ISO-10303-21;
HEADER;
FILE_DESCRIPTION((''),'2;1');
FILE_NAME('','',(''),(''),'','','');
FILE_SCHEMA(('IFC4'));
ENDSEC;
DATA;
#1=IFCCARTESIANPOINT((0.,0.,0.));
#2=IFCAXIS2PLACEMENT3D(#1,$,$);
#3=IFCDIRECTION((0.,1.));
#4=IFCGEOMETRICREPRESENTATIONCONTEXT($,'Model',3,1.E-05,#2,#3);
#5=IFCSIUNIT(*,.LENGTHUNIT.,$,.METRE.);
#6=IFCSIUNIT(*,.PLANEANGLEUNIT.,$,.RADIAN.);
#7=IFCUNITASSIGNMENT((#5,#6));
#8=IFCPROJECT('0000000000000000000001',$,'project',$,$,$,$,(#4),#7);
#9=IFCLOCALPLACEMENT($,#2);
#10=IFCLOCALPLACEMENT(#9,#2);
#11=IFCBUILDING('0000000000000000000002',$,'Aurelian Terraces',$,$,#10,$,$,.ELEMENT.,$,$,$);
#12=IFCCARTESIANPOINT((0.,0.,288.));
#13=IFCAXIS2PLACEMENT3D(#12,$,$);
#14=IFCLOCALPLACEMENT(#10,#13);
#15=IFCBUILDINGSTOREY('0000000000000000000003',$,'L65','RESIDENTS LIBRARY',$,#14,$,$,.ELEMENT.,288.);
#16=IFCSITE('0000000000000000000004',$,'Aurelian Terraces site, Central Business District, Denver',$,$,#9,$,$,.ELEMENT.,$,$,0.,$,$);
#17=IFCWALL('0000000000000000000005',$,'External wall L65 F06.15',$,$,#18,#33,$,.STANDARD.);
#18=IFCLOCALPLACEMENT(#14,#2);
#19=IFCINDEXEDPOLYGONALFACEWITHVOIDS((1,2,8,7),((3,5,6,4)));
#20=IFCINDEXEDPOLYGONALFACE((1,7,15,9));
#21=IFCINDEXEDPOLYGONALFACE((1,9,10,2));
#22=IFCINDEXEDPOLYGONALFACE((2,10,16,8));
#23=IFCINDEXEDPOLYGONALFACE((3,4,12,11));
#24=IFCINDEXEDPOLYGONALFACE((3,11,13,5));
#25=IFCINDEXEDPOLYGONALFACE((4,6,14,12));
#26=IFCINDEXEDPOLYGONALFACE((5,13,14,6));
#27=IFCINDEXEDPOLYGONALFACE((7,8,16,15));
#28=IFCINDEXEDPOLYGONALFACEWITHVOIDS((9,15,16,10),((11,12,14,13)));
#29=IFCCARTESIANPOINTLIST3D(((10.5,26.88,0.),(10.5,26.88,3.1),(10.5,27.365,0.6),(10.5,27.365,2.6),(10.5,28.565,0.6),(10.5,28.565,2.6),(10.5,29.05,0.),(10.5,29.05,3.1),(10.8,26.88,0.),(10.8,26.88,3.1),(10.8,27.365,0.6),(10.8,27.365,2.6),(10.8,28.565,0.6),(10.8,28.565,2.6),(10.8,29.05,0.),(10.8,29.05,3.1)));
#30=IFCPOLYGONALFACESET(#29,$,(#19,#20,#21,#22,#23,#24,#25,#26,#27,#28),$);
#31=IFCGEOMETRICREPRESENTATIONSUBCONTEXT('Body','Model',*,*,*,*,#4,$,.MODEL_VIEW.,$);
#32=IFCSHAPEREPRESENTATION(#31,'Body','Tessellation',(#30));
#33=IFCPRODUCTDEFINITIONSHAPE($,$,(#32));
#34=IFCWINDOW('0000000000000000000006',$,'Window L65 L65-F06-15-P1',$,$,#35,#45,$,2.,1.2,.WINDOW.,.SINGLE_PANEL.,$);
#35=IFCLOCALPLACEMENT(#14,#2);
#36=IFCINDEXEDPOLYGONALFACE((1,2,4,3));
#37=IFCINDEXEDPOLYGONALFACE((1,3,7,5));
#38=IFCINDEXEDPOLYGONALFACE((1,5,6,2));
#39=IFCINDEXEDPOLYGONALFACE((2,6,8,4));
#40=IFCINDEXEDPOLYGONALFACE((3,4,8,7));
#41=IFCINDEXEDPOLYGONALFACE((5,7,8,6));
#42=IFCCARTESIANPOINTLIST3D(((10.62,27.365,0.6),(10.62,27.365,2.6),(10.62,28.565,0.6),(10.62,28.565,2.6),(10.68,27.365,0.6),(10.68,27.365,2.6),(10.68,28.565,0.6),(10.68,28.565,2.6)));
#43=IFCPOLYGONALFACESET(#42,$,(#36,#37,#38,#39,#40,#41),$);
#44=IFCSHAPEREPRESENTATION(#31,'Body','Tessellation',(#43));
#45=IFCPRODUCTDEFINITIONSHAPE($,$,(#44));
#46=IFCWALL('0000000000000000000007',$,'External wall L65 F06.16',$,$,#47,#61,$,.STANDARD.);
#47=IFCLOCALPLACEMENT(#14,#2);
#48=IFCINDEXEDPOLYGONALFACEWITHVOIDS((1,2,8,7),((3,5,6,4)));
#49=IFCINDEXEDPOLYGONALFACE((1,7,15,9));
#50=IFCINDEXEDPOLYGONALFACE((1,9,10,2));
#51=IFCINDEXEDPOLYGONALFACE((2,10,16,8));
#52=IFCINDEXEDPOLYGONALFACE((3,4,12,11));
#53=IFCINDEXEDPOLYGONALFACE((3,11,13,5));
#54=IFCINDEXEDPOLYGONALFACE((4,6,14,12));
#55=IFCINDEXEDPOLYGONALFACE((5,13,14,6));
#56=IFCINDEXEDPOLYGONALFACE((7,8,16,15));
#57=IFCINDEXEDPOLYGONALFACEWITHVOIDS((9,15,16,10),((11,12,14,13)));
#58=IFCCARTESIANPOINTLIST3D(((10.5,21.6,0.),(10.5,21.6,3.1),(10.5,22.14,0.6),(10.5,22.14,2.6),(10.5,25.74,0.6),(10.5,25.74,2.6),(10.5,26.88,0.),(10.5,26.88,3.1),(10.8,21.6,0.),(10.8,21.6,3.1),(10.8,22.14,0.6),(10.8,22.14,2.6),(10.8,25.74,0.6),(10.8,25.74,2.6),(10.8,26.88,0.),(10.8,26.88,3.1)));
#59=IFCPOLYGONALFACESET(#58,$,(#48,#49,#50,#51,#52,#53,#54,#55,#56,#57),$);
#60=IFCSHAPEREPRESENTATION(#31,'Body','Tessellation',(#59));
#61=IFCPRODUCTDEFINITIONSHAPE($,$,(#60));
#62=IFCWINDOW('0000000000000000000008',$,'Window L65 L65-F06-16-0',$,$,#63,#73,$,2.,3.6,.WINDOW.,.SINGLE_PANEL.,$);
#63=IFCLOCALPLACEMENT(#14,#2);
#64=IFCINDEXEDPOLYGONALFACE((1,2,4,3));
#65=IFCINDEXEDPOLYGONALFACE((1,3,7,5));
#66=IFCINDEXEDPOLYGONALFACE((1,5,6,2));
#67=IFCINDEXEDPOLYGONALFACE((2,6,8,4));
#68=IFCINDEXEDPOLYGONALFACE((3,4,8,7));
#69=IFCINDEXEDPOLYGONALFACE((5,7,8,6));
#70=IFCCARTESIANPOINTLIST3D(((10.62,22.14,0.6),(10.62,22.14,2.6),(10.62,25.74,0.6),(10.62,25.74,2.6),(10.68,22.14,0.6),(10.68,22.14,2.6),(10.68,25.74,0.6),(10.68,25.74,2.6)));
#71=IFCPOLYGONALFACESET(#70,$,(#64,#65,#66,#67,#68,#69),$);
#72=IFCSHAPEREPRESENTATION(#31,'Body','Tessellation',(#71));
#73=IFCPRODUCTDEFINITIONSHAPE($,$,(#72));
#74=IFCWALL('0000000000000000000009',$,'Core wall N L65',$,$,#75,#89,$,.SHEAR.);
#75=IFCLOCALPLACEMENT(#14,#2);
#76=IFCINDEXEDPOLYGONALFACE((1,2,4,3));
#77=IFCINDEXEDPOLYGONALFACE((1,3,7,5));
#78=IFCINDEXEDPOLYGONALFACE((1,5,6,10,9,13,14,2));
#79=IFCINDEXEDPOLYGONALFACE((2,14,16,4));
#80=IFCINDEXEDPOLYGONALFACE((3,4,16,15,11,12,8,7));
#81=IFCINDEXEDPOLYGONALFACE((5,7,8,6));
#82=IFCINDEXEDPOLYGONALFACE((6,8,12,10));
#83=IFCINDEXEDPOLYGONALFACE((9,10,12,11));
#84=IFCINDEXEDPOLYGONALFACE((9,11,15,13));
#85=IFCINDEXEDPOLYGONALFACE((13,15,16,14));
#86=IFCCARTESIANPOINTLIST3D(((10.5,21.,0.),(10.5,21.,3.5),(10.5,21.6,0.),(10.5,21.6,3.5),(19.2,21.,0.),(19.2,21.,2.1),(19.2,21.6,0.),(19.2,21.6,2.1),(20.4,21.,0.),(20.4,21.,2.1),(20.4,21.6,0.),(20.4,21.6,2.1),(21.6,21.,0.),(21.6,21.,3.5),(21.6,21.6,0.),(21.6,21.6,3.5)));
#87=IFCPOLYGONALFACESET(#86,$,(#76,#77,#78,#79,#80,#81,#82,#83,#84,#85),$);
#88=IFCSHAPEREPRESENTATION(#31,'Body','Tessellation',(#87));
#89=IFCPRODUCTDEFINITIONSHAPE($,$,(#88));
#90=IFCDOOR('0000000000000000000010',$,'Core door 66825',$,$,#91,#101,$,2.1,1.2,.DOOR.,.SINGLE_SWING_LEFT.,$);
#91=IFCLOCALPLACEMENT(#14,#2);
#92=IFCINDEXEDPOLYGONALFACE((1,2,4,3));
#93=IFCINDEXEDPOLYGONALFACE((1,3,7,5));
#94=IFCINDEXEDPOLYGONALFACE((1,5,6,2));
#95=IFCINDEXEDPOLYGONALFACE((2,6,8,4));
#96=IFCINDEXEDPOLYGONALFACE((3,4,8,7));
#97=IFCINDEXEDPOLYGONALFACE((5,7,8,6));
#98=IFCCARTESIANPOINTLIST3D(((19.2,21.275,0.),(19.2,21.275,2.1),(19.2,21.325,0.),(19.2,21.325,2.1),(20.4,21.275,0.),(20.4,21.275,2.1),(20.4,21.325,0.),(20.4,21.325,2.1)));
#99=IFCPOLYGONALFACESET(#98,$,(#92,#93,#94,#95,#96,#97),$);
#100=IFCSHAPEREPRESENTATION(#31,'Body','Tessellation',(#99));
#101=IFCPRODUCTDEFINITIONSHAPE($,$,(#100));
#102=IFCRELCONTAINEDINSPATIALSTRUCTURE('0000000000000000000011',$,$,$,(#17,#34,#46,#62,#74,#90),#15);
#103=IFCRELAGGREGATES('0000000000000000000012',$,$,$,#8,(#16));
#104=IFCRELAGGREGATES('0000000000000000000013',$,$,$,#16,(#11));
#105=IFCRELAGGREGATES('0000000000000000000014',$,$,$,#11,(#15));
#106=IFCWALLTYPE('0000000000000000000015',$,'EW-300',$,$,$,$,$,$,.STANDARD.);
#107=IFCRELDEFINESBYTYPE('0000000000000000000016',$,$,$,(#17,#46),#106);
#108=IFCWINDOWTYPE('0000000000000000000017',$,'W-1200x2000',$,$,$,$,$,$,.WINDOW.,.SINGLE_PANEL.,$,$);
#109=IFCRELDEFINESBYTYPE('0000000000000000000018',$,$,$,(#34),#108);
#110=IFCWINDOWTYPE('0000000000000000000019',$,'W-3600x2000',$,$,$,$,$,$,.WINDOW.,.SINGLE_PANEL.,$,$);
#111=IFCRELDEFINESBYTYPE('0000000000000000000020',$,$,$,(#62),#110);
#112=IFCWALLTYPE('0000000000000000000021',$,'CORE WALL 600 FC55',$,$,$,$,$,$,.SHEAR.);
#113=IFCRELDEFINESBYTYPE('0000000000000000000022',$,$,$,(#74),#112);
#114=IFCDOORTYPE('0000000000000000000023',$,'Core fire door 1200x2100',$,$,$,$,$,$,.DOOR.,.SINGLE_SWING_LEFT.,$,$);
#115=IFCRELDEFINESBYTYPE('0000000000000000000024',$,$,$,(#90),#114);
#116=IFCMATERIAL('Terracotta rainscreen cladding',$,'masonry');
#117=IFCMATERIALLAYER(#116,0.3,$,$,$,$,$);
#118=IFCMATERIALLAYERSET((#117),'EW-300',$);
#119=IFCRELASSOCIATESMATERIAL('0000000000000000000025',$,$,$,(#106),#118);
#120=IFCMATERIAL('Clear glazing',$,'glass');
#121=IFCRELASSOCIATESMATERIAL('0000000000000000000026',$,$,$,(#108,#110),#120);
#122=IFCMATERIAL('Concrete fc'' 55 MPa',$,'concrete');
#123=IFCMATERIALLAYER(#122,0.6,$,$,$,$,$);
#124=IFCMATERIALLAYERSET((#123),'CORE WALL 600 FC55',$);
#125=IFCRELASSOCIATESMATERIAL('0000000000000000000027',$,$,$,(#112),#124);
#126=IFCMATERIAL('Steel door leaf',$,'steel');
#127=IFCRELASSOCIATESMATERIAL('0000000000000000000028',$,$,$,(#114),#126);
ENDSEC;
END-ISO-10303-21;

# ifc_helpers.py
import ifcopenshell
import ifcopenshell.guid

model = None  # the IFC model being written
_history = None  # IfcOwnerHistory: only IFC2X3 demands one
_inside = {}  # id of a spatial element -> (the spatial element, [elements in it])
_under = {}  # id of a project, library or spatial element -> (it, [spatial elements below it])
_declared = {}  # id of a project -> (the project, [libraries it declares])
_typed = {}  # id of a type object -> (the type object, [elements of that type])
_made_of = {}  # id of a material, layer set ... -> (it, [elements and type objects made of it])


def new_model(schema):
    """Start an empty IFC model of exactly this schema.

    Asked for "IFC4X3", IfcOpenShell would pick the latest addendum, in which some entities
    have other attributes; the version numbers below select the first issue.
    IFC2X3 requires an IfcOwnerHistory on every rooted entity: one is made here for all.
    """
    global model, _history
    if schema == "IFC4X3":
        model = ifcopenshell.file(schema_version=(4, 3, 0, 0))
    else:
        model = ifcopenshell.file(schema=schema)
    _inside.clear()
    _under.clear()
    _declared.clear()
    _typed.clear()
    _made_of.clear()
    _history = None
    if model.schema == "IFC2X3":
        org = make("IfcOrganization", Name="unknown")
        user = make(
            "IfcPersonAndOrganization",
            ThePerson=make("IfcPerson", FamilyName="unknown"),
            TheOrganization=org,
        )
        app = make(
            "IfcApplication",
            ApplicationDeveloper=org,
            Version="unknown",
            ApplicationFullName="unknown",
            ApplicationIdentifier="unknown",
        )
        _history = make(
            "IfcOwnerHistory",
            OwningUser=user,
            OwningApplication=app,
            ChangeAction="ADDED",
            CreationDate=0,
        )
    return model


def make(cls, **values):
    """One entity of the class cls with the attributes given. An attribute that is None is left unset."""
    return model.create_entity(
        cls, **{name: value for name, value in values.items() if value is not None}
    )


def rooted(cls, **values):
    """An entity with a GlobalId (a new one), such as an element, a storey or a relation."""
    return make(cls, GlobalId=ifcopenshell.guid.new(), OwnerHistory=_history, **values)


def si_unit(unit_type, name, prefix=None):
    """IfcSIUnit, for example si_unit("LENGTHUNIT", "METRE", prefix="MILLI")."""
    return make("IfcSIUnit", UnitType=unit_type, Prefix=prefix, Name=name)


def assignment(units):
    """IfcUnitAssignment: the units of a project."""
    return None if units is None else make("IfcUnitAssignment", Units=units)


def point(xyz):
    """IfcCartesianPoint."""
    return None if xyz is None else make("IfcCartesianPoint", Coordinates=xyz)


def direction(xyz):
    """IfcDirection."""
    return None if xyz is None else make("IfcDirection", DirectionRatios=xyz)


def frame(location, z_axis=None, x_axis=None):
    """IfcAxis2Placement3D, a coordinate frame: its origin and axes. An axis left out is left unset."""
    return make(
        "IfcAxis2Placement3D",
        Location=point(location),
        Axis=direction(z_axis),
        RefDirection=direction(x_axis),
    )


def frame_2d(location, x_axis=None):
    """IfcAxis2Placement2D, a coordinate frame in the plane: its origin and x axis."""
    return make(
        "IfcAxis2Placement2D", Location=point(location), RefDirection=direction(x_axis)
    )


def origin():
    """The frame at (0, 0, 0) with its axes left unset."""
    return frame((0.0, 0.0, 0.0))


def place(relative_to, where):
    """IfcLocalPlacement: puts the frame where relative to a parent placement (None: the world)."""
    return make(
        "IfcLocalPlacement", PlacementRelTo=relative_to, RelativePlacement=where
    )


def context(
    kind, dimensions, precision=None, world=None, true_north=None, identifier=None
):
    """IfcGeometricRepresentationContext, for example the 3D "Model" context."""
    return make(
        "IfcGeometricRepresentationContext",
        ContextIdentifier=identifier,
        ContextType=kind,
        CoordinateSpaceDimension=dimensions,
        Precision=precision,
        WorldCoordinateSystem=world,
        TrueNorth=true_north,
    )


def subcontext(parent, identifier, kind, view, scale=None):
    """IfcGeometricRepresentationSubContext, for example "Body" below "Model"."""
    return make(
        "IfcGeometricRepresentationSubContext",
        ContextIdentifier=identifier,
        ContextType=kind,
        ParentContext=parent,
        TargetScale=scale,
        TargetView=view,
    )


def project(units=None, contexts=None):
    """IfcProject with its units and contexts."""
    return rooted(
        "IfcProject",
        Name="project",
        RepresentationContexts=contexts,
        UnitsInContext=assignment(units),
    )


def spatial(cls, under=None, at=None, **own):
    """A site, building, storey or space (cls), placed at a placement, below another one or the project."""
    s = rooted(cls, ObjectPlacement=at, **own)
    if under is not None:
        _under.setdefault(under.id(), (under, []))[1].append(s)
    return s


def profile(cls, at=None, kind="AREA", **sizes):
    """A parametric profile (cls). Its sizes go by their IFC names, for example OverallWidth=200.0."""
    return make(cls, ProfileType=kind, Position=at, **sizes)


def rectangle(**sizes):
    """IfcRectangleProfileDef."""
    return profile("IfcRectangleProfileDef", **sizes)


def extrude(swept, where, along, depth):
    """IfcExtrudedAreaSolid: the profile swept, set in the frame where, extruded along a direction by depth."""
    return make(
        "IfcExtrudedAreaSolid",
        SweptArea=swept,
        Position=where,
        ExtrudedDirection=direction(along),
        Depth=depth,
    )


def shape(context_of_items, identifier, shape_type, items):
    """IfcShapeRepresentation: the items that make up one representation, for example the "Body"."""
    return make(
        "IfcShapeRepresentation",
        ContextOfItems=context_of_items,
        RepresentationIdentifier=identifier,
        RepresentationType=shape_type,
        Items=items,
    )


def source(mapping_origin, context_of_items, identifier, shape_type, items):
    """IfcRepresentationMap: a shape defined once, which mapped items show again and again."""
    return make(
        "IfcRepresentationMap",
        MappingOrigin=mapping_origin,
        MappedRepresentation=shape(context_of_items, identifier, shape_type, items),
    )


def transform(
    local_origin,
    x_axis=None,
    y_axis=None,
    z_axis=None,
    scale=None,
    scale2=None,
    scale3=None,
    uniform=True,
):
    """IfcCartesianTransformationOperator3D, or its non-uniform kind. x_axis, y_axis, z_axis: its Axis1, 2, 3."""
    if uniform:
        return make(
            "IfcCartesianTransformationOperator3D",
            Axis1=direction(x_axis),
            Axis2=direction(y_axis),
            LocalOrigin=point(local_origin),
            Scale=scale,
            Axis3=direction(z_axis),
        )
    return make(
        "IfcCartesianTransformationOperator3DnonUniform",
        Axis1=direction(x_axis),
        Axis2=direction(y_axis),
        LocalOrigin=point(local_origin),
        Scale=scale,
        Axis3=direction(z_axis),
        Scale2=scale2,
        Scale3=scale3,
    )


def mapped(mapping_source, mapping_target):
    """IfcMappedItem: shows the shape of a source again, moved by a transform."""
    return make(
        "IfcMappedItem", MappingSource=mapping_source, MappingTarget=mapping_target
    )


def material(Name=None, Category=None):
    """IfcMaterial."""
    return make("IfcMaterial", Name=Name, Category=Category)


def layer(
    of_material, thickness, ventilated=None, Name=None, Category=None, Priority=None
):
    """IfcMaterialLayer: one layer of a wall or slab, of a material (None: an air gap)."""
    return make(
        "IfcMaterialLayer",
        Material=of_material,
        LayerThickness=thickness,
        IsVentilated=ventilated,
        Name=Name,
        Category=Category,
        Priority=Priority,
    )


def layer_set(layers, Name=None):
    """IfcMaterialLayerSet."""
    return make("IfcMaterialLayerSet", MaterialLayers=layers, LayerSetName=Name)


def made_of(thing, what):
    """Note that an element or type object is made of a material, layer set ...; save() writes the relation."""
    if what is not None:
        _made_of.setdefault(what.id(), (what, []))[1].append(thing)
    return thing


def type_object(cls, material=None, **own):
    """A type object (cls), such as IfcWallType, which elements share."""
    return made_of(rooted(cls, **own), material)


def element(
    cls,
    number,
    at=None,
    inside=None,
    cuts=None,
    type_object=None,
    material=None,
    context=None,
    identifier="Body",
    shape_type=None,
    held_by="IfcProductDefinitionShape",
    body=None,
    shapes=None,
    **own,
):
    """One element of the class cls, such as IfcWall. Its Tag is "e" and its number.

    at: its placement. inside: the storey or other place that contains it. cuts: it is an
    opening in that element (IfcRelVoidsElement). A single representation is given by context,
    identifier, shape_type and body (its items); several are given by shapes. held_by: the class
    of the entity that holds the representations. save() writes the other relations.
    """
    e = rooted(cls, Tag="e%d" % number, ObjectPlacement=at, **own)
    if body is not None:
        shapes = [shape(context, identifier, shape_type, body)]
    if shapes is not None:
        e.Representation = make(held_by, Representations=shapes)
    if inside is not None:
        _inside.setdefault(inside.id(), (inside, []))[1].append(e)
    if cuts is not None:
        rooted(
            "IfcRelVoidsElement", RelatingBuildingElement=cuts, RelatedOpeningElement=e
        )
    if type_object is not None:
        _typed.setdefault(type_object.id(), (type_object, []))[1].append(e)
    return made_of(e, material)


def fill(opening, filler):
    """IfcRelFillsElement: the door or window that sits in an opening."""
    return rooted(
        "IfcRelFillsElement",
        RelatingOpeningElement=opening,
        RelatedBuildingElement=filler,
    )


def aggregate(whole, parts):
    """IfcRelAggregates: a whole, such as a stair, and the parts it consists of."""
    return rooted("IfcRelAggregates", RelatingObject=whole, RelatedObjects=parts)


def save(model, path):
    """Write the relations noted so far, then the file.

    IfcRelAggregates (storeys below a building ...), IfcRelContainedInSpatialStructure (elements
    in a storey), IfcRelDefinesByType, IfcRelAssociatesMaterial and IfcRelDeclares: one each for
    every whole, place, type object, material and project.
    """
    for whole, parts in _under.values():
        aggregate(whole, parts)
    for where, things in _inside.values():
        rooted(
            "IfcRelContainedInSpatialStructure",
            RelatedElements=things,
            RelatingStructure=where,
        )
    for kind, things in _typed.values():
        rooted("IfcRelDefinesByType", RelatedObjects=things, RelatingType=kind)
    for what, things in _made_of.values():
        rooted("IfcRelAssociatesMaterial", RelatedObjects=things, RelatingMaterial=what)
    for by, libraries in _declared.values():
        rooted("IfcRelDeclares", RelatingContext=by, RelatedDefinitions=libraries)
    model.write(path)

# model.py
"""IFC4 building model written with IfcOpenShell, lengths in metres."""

from ifc_helpers import new_model, si_unit, direction, frame, frame_2d, origin, place, context, subcontext, project, spatial, rectangle, extrude, source, transform, mapped, material, layer, layer_set, type_object, element, fill, save


model = new_model("IFC4")

# Units and contexts
model_context = context("Model", 3, precision=1e-05, world=origin(), true_north=direction((0.0, 1.0)))
body_context = subcontext(model_context, "Body", "Model", "MODEL_VIEW")
ifc_project = project(units=[si_unit("LENGTHUNIT", "METRE"), si_unit("PLANEANGLEUNIT", "RADIAN")], contexts=[model_context])

# Site, building, storey
site_placement = place(None, origin())
site = spatial("IfcSite", under=ifc_project, at=site_placement, Name="Aurelian Terraces site, Central Business District, Denver", CompositionType="ELEMENT", RefElevation=0.0)
building_placement = place(site_placement, origin())
building = spatial("IfcBuilding", under=site, at=building_placement, Name="Aurelian Terraces", CompositionType="ELEMENT")
storey_placement = place(building_placement, frame((0.0, 0.0, 288.0)))
storey = spatial("IfcBuildingStorey", under=building, at=storey_placement, Name="L65", Description="RESIDENTS LIBRARY", CompositionType="ELEMENT", Elevation=288.0)

# Walls, openings, windows
ifc_material_1 = material(Name="Terracotta rainscreen cladding", Category="masonry")
ifc_layer_1 = layer(ifc_material_1, 0.3)
ifc_layer_set_1 = layer_set([ifc_layer_1], Name="EW-300")
wall_type_1 = type_object("IfcWallType", Name="EW-300", PredefinedType="STANDARD", material=ifc_layer_set_1)
wall_1_placement = place(storey_placement, frame((10.65, 29.05, 0.0), z_axis=(0.0, 0.0, 1.0), x_axis=(0.0, -1.0, 0.0)))
wall_1 = element("IfcWall", 1, at=wall_1_placement, inside=storey, type_object=wall_type_1, Name="External wall L65 F06.15", PredefinedType="STANDARD", context=body_context, shape_type="SweptSolid", body=[
    extrude(rectangle(XDim=2.17, YDim=0.3, at=frame_2d((1.085, 0.0))), origin(), (0.0, 0.0, 1.0), 3.1),
])
shared_shape_1 = source(origin(), body_context, "Body", "SweptSolid", [
    extrude(rectangle(XDim=1.2, YDim=2.0, at=frame_2d((0.6, 1.0))), frame((0.0, 0.16, 0.0), z_axis=(0.0, -1.0, 0.0), x_axis=(1.0, 0.0, 0.0)), (0.0, 0.0, 1.0), 0.32),
])
opening_1_placement = place(wall_1_placement, frame((0.485, 0.0, 0.6)))
opening_1 = element("IfcOpeningElement", 2, at=opening_1_placement, cuts=wall_1, PredefinedType="OPENING", context=body_context, shape_type="MappedRepresentation", body=[
    mapped(shared_shape_1, transform((0.0, 0.0, 0.0), scale=1.0)),
])
ifc_material_2 = material(Name="Clear glazing", Category="glass")
window_type_1 = type_object("IfcWindowType", Name="W-1200x2000", PartitioningType="SINGLE_PANEL", PredefinedType="WINDOW", material=ifc_material_2)
shared_shape_2 = source(origin(), body_context, "Body", "SweptSolid", [
    extrude(rectangle(XDim=1.2, YDim=2.0, at=frame_2d((0.6, 1.0))), frame((0.0, 0.03, 0.0), z_axis=(0.0, -1.0, 0.0), x_axis=(1.0, 0.0, 0.0)), (0.0, 0.0, 1.0), 0.06),
])
window_1_placement = place(opening_1_placement, origin())
window_1 = element("IfcWindow", 3, at=window_1_placement, inside=storey, type_object=window_type_1, Name="Window L65 L65-F06-15-P1", OverallHeight=2.0, OverallWidth=1.2, PartitioningType="SINGLE_PANEL", PredefinedType="WINDOW", context=body_context, shape_type="MappedRepresentation", body=[
    mapped(shared_shape_2, transform((0.0, 0.0, 0.0), scale=1.0)),
])
fill(opening_1, window_1)
wall_2_placement = place(storey_placement, frame((10.65, 26.88, 0.0), z_axis=(0.0, 0.0, 1.0), x_axis=(0.0, -1.0, 0.0)))
wall_2 = element("IfcWall", 4, at=wall_2_placement, inside=storey, type_object=wall_type_1, Name="External wall L65 F06.16", PredefinedType="STANDARD", context=body_context, shape_type="SweptSolid", body=[
    extrude(rectangle(XDim=5.28, YDim=0.3, at=frame_2d((2.64, 0.0))), origin(), (0.0, 0.0, 1.0), 3.1),
])
shared_shape_3 = source(origin(), body_context, "Body", "SweptSolid", [
    extrude(rectangle(XDim=3.6, YDim=2.0, at=frame_2d((1.8, 1.0))), frame((0.0, 0.16, 0.0), z_axis=(0.0, -1.0, 0.0), x_axis=(1.0, 0.0, 0.0)), (0.0, 0.0, 1.0), 0.32),
])
opening_2_placement = place(wall_2_placement, frame((1.14, 0.0, 0.6)))
opening_2 = element("IfcOpeningElement", 5, at=opening_2_placement, cuts=wall_2, PredefinedType="OPENING", context=body_context, shape_type="MappedRepresentation", body=[
    mapped(shared_shape_3, transform((0.0, 0.0, 0.0), scale=1.0)),
])
window_type_2 = type_object("IfcWindowType", Name="W-3600x2000", PartitioningType="SINGLE_PANEL", PredefinedType="WINDOW", material=ifc_material_2)
shared_shape_4 = source(origin(), body_context, "Body", "SweptSolid", [
    extrude(rectangle(XDim=3.6, YDim=2.0, at=frame_2d((1.8, 1.0))), frame((0.0, 0.03, 0.0), z_axis=(0.0, -1.0, 0.0), x_axis=(1.0, 0.0, 0.0)), (0.0, 0.0, 1.0), 0.06),
])
window_2_placement = place(opening_2_placement, origin())
window_2 = element("IfcWindow", 6, at=window_2_placement, inside=storey, type_object=window_type_2, Name="Window L65 L65-F06-16-0", OverallHeight=2.0, OverallWidth=3.6, PartitioningType="SINGLE_PANEL", PredefinedType="WINDOW", context=body_context, shape_type="MappedRepresentation", body=[
    mapped(shared_shape_4, transform((0.0, 0.0, 0.0), scale=1.0)),
])
fill(opening_2, window_2)

# Wall, opening, door
ifc_material_3 = material(Name="Concrete fc' 55 MPa", Category="concrete")
ifc_layer_2 = layer(ifc_material_3, 0.6)
ifc_layer_set_2 = layer_set([ifc_layer_2], Name="CORE WALL 600 FC55")
wall_type_2 = type_object("IfcWallType", Name="CORE WALL 600 FC55", PredefinedType="SHEAR", material=ifc_layer_set_2)
shared_shape_5 = source(origin(), body_context, "Body", "SweptSolid", [
    extrude(rectangle(XDim=11.1, YDim=0.6, at=frame_2d((5.55, 0.0))), origin(), (0.0, 0.0, 1.0), 3.5),
])
wall_3_placement = place(storey_placement, frame((10.5, 21.3, 0.0), z_axis=(0.0, 0.0, 1.0), x_axis=(1.0, 0.0, 0.0)))
wall_3 = element("IfcWall", 7, at=wall_3_placement, inside=storey, type_object=wall_type_2, Name="Core wall N L65", PredefinedType="SHEAR", context=body_context, shape_type="MappedRepresentation", body=[
    mapped(shared_shape_5, transform((0.0, 0.0, 0.0), scale=1.0)),
])
shared_shape_6 = source(origin(), body_context, "Body", "SweptSolid", [
    extrude(rectangle(XDim=1.2, YDim=2.1, at=frame_2d((0.6, 1.05))), frame((0.0, 0.31, 0.0), z_axis=(0.0, -1.0, 0.0), x_axis=(1.0, 0.0, 0.0)), (0.0, 0.0, 1.0), 0.62),
])
opening_3_placement = place(wall_3_placement, frame((8.7, 0.0, 0.0)))
opening_3 = element("IfcOpeningElement", 8, at=opening_3_placement, cuts=wall_3, PredefinedType="OPENING", context=body_context, shape_type="MappedRepresentation", body=[
    mapped(shared_shape_6, transform((0.0, 0.0, 0.0), scale=1.0)),
])
ifc_material_4 = material(Name="Steel door leaf", Category="steel")
door_type_1 = type_object("IfcDoorType", Name="Core fire door 1200x2100", OperationType="SINGLE_SWING_LEFT", PredefinedType="DOOR", material=ifc_material_4)
shared_shape_7 = source(origin(), body_context, "Body", "SweptSolid", [
    extrude(rectangle(XDim=1.2, YDim=2.1, at=frame_2d((0.6, 1.05))), frame((0.0, 0.025, 0.0), z_axis=(0.0, -1.0, 0.0), x_axis=(1.0, 0.0, 0.0)), (0.0, 0.0, 1.0), 0.05),
])
door_1_placement = place(opening_3_placement, origin())
door_1 = element("IfcDoor", 9, at=door_1_placement, inside=storey, type_object=door_type_1, Name="Core door 66825", OperationType="SINGLE_SWING_LEFT", OverallHeight=2.1, OverallWidth=1.2, PredefinedType="DOOR", context=body_context, shape_type="MappedRepresentation", body=[
    mapped(shared_shape_7, transform((0.0, 0.0, 0.0), scale=1.0)),
])
fill(opening_3, door_1)

save(model, "model.ifc")
